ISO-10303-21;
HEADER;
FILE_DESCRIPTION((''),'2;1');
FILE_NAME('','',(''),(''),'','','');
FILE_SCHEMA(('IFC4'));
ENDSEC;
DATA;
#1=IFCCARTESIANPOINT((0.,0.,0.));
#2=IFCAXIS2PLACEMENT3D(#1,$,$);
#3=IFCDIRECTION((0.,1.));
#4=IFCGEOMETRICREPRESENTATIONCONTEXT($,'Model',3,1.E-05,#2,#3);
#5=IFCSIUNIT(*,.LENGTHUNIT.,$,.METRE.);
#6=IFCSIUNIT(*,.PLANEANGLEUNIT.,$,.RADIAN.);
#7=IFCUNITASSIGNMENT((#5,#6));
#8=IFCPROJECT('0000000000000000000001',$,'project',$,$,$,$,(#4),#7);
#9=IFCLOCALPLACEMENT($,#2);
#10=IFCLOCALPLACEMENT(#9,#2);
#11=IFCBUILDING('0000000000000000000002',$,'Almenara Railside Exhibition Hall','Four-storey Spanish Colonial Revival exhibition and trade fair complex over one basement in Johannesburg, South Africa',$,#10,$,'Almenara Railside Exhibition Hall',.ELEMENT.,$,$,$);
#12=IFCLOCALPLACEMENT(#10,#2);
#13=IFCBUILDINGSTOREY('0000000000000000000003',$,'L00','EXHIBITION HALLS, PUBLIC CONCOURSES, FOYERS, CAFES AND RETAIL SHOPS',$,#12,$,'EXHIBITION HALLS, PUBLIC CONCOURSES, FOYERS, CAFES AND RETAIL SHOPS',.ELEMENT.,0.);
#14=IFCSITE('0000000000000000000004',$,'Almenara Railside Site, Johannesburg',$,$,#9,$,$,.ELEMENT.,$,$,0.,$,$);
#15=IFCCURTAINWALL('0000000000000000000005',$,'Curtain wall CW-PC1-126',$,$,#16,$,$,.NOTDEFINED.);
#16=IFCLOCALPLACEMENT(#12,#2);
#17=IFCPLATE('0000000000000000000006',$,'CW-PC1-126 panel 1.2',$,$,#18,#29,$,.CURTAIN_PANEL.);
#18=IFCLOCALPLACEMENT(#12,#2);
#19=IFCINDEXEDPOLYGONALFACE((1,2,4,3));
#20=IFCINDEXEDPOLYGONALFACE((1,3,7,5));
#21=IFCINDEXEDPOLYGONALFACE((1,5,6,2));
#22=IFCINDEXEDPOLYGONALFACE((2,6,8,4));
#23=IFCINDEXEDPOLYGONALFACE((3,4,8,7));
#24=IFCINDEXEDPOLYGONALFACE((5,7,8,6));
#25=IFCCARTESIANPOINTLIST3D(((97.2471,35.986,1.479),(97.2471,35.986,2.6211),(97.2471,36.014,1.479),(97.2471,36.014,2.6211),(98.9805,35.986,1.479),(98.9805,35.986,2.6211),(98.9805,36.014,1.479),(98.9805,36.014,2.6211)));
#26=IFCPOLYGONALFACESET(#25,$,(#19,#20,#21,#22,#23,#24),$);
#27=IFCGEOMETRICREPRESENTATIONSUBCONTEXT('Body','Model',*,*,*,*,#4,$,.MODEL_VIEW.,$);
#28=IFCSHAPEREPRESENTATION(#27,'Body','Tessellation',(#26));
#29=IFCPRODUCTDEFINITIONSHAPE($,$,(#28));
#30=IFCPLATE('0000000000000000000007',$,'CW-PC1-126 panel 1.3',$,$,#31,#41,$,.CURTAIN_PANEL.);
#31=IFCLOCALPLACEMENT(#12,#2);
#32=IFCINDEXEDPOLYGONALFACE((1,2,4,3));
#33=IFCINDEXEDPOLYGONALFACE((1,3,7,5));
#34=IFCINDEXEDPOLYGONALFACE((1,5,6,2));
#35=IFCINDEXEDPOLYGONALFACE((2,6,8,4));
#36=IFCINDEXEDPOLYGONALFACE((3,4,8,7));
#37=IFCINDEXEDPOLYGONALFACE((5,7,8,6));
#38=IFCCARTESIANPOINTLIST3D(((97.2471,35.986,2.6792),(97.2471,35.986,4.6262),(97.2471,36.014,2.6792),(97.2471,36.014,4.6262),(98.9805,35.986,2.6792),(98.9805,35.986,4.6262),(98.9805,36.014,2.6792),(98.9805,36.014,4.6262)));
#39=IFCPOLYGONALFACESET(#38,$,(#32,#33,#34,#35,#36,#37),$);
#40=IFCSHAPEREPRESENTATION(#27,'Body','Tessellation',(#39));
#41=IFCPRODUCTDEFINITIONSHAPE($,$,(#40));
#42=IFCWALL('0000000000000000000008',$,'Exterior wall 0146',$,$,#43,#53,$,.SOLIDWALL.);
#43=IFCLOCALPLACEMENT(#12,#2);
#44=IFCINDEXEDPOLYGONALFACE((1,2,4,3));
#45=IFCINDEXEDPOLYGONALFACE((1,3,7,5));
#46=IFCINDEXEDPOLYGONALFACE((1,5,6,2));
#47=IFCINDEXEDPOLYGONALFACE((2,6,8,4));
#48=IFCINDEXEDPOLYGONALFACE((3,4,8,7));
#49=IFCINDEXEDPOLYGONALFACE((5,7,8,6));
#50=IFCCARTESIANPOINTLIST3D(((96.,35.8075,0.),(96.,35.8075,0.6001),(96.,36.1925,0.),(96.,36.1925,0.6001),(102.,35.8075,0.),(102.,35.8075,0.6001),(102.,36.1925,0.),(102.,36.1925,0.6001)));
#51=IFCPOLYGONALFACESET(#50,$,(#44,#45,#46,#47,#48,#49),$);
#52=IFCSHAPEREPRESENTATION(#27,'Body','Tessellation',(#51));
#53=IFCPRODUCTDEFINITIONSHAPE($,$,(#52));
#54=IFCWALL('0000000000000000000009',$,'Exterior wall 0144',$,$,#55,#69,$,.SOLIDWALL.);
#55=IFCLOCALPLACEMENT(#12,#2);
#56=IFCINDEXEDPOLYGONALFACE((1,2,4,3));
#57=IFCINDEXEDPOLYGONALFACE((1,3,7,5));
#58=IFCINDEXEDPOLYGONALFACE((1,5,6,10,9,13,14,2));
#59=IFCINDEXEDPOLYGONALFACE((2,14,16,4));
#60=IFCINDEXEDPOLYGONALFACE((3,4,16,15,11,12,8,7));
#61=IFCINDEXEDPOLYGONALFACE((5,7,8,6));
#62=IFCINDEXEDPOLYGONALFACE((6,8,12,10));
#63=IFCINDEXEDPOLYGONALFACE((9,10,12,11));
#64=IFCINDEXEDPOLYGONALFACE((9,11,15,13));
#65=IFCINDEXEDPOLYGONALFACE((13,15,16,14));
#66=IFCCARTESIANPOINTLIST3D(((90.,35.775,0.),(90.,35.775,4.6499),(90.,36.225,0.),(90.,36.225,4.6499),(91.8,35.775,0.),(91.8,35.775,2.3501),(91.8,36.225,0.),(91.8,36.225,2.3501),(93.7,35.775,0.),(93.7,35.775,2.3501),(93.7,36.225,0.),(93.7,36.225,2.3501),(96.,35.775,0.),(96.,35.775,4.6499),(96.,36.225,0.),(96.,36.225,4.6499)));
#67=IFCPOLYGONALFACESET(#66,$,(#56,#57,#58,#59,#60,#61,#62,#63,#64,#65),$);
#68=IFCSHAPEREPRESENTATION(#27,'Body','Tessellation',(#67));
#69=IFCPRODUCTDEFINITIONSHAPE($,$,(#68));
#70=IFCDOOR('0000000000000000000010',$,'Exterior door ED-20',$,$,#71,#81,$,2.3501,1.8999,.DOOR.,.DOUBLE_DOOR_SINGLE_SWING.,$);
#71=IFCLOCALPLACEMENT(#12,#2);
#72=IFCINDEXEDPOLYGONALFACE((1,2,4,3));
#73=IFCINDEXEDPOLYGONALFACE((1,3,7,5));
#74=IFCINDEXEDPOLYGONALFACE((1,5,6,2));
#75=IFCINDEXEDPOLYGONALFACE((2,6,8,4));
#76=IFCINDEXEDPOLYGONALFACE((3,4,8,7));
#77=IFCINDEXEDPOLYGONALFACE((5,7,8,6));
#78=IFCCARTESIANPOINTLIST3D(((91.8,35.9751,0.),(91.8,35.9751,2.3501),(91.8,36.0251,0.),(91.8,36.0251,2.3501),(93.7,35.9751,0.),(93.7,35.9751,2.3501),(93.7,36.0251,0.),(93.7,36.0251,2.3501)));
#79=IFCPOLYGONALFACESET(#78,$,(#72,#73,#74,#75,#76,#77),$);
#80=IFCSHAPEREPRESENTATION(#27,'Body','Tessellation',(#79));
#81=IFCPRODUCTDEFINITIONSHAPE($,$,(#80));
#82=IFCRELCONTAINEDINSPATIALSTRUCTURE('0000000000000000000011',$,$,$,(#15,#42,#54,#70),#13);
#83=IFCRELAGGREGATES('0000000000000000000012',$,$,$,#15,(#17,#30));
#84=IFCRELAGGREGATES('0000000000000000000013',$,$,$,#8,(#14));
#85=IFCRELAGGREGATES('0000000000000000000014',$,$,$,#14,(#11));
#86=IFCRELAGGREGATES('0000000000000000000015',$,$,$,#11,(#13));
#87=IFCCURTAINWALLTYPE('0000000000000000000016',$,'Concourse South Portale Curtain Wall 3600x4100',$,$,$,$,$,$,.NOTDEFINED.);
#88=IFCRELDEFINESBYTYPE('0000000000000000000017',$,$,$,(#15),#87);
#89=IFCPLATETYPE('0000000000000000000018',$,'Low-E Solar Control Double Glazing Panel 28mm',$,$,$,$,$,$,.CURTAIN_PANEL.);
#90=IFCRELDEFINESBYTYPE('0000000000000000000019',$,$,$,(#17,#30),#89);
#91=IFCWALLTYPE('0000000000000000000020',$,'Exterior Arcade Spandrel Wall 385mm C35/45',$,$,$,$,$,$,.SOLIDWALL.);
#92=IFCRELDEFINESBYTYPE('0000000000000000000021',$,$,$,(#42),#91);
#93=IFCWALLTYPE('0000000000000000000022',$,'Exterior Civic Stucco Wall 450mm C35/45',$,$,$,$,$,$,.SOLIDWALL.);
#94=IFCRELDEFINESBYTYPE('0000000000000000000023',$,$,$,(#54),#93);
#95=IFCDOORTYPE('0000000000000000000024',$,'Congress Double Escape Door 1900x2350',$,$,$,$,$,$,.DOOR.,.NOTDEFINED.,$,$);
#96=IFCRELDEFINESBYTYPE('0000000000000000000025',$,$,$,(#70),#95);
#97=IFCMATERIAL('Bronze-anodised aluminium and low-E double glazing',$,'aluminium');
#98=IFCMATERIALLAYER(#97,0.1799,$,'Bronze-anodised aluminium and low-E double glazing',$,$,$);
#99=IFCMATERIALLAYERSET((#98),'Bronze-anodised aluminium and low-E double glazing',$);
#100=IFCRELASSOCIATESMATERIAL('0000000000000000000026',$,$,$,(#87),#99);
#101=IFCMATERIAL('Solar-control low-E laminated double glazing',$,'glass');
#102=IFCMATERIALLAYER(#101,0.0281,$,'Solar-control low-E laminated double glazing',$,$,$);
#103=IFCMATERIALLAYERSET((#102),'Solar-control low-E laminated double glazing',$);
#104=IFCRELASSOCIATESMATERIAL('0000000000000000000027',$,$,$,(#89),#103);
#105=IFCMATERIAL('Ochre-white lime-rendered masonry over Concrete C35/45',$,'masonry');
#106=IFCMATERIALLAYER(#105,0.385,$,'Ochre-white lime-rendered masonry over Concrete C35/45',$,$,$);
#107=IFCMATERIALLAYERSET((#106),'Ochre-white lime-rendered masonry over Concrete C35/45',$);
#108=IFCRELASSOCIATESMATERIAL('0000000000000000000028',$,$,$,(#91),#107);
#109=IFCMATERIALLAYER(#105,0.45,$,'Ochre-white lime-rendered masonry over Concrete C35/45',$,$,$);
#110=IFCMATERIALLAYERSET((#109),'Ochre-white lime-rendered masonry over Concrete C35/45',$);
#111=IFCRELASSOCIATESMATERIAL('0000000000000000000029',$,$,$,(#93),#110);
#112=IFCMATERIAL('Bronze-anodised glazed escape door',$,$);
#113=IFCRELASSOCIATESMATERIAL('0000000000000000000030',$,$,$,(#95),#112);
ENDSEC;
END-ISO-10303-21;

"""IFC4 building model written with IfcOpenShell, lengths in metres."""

from ifc_helpers import new_model, si_unit, direction, frame, frame_2d, origin, origin_2d, place, context, subcontext, project, spatial, rectangle, extrude, material, layer, layer_set, type_object, element, fill, aggregate, save


model = new_model("IFC4")

# Units and contexts
model_context = context("Model", 3, precision=1e-05, world=origin(), true_north=direction((0.0, 1.0)))
body_context = subcontext(model_context, "Body", "Model", "MODEL_VIEW")
ifc_project = project(units=[si_unit("LENGTHUNIT", "METRE"), si_unit("PLANEANGLEUNIT", "RADIAN")], contexts=[model_context])

# Site, building, storey
site_placement = place(None, origin())
site = spatial("IfcSite", under=ifc_project, at=site_placement, Name="Almenara Railside Site, Johannesburg", CompositionType="ELEMENT", RefElevation=0.0)
building_placement = place(site_placement, origin())
building = spatial("IfcBuilding", under=site, at=building_placement, Name="Almenara Railside Exhibition Hall", Description="Four-storey Spanish Colonial Revival exhibition and trade fair complex over one basement in Johannesburg, South Africa", LongName="Almenara Railside Exhibition Hall", CompositionType="ELEMENT")
storey_placement = place(building_placement, origin())
storey = spatial("IfcBuildingStorey", under=building, at=storey_placement, Name="L00", Description="EXHIBITION HALLS, PUBLIC CONCOURSES, FOYERS, CAFES AND RETAIL SHOPS", LongName="EXHIBITION HALLS, PUBLIC CONCOURSES, FOYERS, CAFES AND RETAIL SHOPS", CompositionType="ELEMENT", Elevation=0.0)

# Curtain wall
ifc_material_1 = material(Name="Bronze-anodised aluminium and low-E double glazing", Category="aluminium")
ifc_layer_1 = layer(ifc_material_1, 0.1799, Name="Bronze-anodised aluminium and low-E double glazing")
ifc_layer_set_1 = layer_set([ifc_layer_1], Name="Bronze-anodised aluminium and low-E double glazing")
curtain_wall_type = type_object("IfcCurtainWallType", Name="Concourse South Portale Curtain Wall 3600x4100", PredefinedType="NOTDEFINED", material=ifc_layer_set_1)
curtain_wall_1_placement = place(storey_placement, origin())
curtain_wall_1 = element("IfcCurtainWall", 1, at=curtain_wall_1_placement, inside=storey, type_object=curtain_wall_type, Name="Curtain wall CW-PC1-126", PredefinedType="NOTDEFINED")

# Plates
ifc_material_2 = material(Name="Solar-control low-E laminated double glazing", Category="glass")
ifc_layer_2 = layer(ifc_material_2, 0.0281, Name="Solar-control low-E laminated double glazing")
ifc_layer_set_2 = layer_set([ifc_layer_2], Name="Solar-control low-E laminated double glazing")
plate_type_1 = type_object("IfcPlateType", Name="Low-E Solar Control Double Glazing Panel 28mm", PredefinedType="CURTAIN_PANEL", material=ifc_layer_set_2)
plate_1_placement = place(storey_placement, frame((98.1138, 36.0, 1.479), z_axis=(0.0, 0.0, 1.0), x_axis=(1.0, 0.0, 0.0)))
plate_1 = element("IfcPlate", 2, at=plate_1_placement, type_object=plate_type_1, Name="CW-PC1-126 panel 1.2", PredefinedType="CURTAIN_PANEL", context=body_context, shape_type="SweptSolid", body=[
    extrude(rectangle(XDim=1.7334, YDim=0.0281, at=origin_2d()), origin(), (0.0, 0.0, 1.0), 1.1421),
])
plate_2_placement = place(storey_placement, frame((98.1138, 36.0, 2.6792), z_axis=(0.0, 0.0, 1.0), x_axis=(1.0, 0.0, 0.0)))
plate_2 = element("IfcPlate", 3, at=plate_2_placement, type_object=plate_type_1, Name="CW-PC1-126 panel 1.3", PredefinedType="CURTAIN_PANEL", context=body_context, shape_type="SweptSolid", body=[
    extrude(rectangle(XDim=1.7334, YDim=0.0281, at=origin_2d()), origin(), (0.0, 0.0, 1.0), 1.947),
])
aggregate(curtain_wall_1, [plate_1, plate_2])

# Wall
ifc_material_3 = material(Name="Ochre-white lime-rendered masonry over Concrete C35/45", Category="masonry")
ifc_layer_3 = layer(ifc_material_3, 0.385, Name="Ochre-white lime-rendered masonry over Concrete C35/45")
ifc_layer_set_3 = layer_set([ifc_layer_3], Name="Ochre-white lime-rendered masonry over Concrete C35/45")
wall_type_1 = type_object("IfcWallType", Name="Exterior Arcade Spandrel Wall 385mm C35/45", PredefinedType="SOLIDWALL", material=ifc_layer_set_3)
wall_1_placement = place(storey_placement, frame((96.0, 36.0, 0.0), z_axis=(0.0, 0.0, 1.0), x_axis=(1.0, 0.0, 0.0)))
element("IfcWall", 4, at=wall_1_placement, inside=storey, type_object=wall_type_1, Name="Exterior wall 0146", PredefinedType="SOLIDWALL", context=body_context, shape_type="SweptSolid", body=[
    extrude(rectangle(XDim=6.0, YDim=0.385, at=frame_2d((3.0, 0.0))), origin(), (0.0, 0.0, 1.0), 0.6001),
])

# Wall, opening, door
ifc_layer_4 = layer(ifc_material_3, 0.45, Name="Ochre-white lime-rendered masonry over Concrete C35/45")
ifc_layer_set_4 = layer_set([ifc_layer_4], Name="Ochre-white lime-rendered masonry over Concrete C35/45")
wall_type_2 = type_object("IfcWallType", Name="Exterior Civic Stucco Wall 450mm C35/45", PredefinedType="SOLIDWALL", material=ifc_layer_set_4)
wall_2_placement = place(storey_placement, frame((90.0, 36.0, 0.0), z_axis=(0.0, 0.0, 1.0), x_axis=(1.0, 0.0, 0.0)))
wall_2 = element("IfcWall", 5, at=wall_2_placement, inside=storey, type_object=wall_type_2, Name="Exterior wall 0144", PredefinedType="SOLIDWALL", context=body_context, shape_type="SweptSolid", body=[
    extrude(rectangle(XDim=6.0, YDim=0.45, at=frame_2d((3.0, 0.0))), origin(), (0.0, 0.0, 1.0), 4.6499),
])
opening_placement = place(wall_2_placement, frame((1.8, 0.0, 0.0)))
opening = element("IfcOpeningElement", 6, at=opening_placement, cuts=wall_2, PredefinedType="OPENING", context=body_context, shape_type="SweptSolid", body=[
    extrude(rectangle(XDim=1.8999, YDim=2.3501, at=frame_2d((0.95, 1.175))), frame((0.0, 0.2349, 0.0), z_axis=(0.0, -1.0, 0.0), x_axis=(1.0, 0.0, 0.0)), (0.0, 0.0, 1.0), 0.47),
])
ifc_material_4 = material(Name="Bronze-anodised glazed escape door")
door_type = type_object("IfcDoorType", Name="Congress Double Escape Door 1900x2350", OperationType="NOTDEFINED", PredefinedType="DOOR", material=ifc_material_4)
door_placement = place(opening_placement, frame((1.8999, 0.0, 0.0), z_axis=(0.0, 0.0, 1.0), x_axis=(-1.0, 0.0, 0.0)))
door = element("IfcDoor", 7, at=door_placement, inside=storey, type_object=door_type, Name="Exterior door ED-20", OperationType="DOUBLE_DOOR_SINGLE_SWING", OverallHeight=2.3501, OverallWidth=1.8999, PredefinedType="DOOR", context=body_context, shape_type="SweptSolid", body=[
    extrude(rectangle(XDim=1.8999, YDim=2.3501, at=frame_2d((0.95, 1.175))), frame((0.0, 0.0249, 0.0), z_axis=(0.0, -1.0, 0.0), x_axis=(1.0, 0.0, 0.0)), (0.0, 0.0, 1.0), 0.05),
])
fill(opening, door)

save(model, "model.ifc")
